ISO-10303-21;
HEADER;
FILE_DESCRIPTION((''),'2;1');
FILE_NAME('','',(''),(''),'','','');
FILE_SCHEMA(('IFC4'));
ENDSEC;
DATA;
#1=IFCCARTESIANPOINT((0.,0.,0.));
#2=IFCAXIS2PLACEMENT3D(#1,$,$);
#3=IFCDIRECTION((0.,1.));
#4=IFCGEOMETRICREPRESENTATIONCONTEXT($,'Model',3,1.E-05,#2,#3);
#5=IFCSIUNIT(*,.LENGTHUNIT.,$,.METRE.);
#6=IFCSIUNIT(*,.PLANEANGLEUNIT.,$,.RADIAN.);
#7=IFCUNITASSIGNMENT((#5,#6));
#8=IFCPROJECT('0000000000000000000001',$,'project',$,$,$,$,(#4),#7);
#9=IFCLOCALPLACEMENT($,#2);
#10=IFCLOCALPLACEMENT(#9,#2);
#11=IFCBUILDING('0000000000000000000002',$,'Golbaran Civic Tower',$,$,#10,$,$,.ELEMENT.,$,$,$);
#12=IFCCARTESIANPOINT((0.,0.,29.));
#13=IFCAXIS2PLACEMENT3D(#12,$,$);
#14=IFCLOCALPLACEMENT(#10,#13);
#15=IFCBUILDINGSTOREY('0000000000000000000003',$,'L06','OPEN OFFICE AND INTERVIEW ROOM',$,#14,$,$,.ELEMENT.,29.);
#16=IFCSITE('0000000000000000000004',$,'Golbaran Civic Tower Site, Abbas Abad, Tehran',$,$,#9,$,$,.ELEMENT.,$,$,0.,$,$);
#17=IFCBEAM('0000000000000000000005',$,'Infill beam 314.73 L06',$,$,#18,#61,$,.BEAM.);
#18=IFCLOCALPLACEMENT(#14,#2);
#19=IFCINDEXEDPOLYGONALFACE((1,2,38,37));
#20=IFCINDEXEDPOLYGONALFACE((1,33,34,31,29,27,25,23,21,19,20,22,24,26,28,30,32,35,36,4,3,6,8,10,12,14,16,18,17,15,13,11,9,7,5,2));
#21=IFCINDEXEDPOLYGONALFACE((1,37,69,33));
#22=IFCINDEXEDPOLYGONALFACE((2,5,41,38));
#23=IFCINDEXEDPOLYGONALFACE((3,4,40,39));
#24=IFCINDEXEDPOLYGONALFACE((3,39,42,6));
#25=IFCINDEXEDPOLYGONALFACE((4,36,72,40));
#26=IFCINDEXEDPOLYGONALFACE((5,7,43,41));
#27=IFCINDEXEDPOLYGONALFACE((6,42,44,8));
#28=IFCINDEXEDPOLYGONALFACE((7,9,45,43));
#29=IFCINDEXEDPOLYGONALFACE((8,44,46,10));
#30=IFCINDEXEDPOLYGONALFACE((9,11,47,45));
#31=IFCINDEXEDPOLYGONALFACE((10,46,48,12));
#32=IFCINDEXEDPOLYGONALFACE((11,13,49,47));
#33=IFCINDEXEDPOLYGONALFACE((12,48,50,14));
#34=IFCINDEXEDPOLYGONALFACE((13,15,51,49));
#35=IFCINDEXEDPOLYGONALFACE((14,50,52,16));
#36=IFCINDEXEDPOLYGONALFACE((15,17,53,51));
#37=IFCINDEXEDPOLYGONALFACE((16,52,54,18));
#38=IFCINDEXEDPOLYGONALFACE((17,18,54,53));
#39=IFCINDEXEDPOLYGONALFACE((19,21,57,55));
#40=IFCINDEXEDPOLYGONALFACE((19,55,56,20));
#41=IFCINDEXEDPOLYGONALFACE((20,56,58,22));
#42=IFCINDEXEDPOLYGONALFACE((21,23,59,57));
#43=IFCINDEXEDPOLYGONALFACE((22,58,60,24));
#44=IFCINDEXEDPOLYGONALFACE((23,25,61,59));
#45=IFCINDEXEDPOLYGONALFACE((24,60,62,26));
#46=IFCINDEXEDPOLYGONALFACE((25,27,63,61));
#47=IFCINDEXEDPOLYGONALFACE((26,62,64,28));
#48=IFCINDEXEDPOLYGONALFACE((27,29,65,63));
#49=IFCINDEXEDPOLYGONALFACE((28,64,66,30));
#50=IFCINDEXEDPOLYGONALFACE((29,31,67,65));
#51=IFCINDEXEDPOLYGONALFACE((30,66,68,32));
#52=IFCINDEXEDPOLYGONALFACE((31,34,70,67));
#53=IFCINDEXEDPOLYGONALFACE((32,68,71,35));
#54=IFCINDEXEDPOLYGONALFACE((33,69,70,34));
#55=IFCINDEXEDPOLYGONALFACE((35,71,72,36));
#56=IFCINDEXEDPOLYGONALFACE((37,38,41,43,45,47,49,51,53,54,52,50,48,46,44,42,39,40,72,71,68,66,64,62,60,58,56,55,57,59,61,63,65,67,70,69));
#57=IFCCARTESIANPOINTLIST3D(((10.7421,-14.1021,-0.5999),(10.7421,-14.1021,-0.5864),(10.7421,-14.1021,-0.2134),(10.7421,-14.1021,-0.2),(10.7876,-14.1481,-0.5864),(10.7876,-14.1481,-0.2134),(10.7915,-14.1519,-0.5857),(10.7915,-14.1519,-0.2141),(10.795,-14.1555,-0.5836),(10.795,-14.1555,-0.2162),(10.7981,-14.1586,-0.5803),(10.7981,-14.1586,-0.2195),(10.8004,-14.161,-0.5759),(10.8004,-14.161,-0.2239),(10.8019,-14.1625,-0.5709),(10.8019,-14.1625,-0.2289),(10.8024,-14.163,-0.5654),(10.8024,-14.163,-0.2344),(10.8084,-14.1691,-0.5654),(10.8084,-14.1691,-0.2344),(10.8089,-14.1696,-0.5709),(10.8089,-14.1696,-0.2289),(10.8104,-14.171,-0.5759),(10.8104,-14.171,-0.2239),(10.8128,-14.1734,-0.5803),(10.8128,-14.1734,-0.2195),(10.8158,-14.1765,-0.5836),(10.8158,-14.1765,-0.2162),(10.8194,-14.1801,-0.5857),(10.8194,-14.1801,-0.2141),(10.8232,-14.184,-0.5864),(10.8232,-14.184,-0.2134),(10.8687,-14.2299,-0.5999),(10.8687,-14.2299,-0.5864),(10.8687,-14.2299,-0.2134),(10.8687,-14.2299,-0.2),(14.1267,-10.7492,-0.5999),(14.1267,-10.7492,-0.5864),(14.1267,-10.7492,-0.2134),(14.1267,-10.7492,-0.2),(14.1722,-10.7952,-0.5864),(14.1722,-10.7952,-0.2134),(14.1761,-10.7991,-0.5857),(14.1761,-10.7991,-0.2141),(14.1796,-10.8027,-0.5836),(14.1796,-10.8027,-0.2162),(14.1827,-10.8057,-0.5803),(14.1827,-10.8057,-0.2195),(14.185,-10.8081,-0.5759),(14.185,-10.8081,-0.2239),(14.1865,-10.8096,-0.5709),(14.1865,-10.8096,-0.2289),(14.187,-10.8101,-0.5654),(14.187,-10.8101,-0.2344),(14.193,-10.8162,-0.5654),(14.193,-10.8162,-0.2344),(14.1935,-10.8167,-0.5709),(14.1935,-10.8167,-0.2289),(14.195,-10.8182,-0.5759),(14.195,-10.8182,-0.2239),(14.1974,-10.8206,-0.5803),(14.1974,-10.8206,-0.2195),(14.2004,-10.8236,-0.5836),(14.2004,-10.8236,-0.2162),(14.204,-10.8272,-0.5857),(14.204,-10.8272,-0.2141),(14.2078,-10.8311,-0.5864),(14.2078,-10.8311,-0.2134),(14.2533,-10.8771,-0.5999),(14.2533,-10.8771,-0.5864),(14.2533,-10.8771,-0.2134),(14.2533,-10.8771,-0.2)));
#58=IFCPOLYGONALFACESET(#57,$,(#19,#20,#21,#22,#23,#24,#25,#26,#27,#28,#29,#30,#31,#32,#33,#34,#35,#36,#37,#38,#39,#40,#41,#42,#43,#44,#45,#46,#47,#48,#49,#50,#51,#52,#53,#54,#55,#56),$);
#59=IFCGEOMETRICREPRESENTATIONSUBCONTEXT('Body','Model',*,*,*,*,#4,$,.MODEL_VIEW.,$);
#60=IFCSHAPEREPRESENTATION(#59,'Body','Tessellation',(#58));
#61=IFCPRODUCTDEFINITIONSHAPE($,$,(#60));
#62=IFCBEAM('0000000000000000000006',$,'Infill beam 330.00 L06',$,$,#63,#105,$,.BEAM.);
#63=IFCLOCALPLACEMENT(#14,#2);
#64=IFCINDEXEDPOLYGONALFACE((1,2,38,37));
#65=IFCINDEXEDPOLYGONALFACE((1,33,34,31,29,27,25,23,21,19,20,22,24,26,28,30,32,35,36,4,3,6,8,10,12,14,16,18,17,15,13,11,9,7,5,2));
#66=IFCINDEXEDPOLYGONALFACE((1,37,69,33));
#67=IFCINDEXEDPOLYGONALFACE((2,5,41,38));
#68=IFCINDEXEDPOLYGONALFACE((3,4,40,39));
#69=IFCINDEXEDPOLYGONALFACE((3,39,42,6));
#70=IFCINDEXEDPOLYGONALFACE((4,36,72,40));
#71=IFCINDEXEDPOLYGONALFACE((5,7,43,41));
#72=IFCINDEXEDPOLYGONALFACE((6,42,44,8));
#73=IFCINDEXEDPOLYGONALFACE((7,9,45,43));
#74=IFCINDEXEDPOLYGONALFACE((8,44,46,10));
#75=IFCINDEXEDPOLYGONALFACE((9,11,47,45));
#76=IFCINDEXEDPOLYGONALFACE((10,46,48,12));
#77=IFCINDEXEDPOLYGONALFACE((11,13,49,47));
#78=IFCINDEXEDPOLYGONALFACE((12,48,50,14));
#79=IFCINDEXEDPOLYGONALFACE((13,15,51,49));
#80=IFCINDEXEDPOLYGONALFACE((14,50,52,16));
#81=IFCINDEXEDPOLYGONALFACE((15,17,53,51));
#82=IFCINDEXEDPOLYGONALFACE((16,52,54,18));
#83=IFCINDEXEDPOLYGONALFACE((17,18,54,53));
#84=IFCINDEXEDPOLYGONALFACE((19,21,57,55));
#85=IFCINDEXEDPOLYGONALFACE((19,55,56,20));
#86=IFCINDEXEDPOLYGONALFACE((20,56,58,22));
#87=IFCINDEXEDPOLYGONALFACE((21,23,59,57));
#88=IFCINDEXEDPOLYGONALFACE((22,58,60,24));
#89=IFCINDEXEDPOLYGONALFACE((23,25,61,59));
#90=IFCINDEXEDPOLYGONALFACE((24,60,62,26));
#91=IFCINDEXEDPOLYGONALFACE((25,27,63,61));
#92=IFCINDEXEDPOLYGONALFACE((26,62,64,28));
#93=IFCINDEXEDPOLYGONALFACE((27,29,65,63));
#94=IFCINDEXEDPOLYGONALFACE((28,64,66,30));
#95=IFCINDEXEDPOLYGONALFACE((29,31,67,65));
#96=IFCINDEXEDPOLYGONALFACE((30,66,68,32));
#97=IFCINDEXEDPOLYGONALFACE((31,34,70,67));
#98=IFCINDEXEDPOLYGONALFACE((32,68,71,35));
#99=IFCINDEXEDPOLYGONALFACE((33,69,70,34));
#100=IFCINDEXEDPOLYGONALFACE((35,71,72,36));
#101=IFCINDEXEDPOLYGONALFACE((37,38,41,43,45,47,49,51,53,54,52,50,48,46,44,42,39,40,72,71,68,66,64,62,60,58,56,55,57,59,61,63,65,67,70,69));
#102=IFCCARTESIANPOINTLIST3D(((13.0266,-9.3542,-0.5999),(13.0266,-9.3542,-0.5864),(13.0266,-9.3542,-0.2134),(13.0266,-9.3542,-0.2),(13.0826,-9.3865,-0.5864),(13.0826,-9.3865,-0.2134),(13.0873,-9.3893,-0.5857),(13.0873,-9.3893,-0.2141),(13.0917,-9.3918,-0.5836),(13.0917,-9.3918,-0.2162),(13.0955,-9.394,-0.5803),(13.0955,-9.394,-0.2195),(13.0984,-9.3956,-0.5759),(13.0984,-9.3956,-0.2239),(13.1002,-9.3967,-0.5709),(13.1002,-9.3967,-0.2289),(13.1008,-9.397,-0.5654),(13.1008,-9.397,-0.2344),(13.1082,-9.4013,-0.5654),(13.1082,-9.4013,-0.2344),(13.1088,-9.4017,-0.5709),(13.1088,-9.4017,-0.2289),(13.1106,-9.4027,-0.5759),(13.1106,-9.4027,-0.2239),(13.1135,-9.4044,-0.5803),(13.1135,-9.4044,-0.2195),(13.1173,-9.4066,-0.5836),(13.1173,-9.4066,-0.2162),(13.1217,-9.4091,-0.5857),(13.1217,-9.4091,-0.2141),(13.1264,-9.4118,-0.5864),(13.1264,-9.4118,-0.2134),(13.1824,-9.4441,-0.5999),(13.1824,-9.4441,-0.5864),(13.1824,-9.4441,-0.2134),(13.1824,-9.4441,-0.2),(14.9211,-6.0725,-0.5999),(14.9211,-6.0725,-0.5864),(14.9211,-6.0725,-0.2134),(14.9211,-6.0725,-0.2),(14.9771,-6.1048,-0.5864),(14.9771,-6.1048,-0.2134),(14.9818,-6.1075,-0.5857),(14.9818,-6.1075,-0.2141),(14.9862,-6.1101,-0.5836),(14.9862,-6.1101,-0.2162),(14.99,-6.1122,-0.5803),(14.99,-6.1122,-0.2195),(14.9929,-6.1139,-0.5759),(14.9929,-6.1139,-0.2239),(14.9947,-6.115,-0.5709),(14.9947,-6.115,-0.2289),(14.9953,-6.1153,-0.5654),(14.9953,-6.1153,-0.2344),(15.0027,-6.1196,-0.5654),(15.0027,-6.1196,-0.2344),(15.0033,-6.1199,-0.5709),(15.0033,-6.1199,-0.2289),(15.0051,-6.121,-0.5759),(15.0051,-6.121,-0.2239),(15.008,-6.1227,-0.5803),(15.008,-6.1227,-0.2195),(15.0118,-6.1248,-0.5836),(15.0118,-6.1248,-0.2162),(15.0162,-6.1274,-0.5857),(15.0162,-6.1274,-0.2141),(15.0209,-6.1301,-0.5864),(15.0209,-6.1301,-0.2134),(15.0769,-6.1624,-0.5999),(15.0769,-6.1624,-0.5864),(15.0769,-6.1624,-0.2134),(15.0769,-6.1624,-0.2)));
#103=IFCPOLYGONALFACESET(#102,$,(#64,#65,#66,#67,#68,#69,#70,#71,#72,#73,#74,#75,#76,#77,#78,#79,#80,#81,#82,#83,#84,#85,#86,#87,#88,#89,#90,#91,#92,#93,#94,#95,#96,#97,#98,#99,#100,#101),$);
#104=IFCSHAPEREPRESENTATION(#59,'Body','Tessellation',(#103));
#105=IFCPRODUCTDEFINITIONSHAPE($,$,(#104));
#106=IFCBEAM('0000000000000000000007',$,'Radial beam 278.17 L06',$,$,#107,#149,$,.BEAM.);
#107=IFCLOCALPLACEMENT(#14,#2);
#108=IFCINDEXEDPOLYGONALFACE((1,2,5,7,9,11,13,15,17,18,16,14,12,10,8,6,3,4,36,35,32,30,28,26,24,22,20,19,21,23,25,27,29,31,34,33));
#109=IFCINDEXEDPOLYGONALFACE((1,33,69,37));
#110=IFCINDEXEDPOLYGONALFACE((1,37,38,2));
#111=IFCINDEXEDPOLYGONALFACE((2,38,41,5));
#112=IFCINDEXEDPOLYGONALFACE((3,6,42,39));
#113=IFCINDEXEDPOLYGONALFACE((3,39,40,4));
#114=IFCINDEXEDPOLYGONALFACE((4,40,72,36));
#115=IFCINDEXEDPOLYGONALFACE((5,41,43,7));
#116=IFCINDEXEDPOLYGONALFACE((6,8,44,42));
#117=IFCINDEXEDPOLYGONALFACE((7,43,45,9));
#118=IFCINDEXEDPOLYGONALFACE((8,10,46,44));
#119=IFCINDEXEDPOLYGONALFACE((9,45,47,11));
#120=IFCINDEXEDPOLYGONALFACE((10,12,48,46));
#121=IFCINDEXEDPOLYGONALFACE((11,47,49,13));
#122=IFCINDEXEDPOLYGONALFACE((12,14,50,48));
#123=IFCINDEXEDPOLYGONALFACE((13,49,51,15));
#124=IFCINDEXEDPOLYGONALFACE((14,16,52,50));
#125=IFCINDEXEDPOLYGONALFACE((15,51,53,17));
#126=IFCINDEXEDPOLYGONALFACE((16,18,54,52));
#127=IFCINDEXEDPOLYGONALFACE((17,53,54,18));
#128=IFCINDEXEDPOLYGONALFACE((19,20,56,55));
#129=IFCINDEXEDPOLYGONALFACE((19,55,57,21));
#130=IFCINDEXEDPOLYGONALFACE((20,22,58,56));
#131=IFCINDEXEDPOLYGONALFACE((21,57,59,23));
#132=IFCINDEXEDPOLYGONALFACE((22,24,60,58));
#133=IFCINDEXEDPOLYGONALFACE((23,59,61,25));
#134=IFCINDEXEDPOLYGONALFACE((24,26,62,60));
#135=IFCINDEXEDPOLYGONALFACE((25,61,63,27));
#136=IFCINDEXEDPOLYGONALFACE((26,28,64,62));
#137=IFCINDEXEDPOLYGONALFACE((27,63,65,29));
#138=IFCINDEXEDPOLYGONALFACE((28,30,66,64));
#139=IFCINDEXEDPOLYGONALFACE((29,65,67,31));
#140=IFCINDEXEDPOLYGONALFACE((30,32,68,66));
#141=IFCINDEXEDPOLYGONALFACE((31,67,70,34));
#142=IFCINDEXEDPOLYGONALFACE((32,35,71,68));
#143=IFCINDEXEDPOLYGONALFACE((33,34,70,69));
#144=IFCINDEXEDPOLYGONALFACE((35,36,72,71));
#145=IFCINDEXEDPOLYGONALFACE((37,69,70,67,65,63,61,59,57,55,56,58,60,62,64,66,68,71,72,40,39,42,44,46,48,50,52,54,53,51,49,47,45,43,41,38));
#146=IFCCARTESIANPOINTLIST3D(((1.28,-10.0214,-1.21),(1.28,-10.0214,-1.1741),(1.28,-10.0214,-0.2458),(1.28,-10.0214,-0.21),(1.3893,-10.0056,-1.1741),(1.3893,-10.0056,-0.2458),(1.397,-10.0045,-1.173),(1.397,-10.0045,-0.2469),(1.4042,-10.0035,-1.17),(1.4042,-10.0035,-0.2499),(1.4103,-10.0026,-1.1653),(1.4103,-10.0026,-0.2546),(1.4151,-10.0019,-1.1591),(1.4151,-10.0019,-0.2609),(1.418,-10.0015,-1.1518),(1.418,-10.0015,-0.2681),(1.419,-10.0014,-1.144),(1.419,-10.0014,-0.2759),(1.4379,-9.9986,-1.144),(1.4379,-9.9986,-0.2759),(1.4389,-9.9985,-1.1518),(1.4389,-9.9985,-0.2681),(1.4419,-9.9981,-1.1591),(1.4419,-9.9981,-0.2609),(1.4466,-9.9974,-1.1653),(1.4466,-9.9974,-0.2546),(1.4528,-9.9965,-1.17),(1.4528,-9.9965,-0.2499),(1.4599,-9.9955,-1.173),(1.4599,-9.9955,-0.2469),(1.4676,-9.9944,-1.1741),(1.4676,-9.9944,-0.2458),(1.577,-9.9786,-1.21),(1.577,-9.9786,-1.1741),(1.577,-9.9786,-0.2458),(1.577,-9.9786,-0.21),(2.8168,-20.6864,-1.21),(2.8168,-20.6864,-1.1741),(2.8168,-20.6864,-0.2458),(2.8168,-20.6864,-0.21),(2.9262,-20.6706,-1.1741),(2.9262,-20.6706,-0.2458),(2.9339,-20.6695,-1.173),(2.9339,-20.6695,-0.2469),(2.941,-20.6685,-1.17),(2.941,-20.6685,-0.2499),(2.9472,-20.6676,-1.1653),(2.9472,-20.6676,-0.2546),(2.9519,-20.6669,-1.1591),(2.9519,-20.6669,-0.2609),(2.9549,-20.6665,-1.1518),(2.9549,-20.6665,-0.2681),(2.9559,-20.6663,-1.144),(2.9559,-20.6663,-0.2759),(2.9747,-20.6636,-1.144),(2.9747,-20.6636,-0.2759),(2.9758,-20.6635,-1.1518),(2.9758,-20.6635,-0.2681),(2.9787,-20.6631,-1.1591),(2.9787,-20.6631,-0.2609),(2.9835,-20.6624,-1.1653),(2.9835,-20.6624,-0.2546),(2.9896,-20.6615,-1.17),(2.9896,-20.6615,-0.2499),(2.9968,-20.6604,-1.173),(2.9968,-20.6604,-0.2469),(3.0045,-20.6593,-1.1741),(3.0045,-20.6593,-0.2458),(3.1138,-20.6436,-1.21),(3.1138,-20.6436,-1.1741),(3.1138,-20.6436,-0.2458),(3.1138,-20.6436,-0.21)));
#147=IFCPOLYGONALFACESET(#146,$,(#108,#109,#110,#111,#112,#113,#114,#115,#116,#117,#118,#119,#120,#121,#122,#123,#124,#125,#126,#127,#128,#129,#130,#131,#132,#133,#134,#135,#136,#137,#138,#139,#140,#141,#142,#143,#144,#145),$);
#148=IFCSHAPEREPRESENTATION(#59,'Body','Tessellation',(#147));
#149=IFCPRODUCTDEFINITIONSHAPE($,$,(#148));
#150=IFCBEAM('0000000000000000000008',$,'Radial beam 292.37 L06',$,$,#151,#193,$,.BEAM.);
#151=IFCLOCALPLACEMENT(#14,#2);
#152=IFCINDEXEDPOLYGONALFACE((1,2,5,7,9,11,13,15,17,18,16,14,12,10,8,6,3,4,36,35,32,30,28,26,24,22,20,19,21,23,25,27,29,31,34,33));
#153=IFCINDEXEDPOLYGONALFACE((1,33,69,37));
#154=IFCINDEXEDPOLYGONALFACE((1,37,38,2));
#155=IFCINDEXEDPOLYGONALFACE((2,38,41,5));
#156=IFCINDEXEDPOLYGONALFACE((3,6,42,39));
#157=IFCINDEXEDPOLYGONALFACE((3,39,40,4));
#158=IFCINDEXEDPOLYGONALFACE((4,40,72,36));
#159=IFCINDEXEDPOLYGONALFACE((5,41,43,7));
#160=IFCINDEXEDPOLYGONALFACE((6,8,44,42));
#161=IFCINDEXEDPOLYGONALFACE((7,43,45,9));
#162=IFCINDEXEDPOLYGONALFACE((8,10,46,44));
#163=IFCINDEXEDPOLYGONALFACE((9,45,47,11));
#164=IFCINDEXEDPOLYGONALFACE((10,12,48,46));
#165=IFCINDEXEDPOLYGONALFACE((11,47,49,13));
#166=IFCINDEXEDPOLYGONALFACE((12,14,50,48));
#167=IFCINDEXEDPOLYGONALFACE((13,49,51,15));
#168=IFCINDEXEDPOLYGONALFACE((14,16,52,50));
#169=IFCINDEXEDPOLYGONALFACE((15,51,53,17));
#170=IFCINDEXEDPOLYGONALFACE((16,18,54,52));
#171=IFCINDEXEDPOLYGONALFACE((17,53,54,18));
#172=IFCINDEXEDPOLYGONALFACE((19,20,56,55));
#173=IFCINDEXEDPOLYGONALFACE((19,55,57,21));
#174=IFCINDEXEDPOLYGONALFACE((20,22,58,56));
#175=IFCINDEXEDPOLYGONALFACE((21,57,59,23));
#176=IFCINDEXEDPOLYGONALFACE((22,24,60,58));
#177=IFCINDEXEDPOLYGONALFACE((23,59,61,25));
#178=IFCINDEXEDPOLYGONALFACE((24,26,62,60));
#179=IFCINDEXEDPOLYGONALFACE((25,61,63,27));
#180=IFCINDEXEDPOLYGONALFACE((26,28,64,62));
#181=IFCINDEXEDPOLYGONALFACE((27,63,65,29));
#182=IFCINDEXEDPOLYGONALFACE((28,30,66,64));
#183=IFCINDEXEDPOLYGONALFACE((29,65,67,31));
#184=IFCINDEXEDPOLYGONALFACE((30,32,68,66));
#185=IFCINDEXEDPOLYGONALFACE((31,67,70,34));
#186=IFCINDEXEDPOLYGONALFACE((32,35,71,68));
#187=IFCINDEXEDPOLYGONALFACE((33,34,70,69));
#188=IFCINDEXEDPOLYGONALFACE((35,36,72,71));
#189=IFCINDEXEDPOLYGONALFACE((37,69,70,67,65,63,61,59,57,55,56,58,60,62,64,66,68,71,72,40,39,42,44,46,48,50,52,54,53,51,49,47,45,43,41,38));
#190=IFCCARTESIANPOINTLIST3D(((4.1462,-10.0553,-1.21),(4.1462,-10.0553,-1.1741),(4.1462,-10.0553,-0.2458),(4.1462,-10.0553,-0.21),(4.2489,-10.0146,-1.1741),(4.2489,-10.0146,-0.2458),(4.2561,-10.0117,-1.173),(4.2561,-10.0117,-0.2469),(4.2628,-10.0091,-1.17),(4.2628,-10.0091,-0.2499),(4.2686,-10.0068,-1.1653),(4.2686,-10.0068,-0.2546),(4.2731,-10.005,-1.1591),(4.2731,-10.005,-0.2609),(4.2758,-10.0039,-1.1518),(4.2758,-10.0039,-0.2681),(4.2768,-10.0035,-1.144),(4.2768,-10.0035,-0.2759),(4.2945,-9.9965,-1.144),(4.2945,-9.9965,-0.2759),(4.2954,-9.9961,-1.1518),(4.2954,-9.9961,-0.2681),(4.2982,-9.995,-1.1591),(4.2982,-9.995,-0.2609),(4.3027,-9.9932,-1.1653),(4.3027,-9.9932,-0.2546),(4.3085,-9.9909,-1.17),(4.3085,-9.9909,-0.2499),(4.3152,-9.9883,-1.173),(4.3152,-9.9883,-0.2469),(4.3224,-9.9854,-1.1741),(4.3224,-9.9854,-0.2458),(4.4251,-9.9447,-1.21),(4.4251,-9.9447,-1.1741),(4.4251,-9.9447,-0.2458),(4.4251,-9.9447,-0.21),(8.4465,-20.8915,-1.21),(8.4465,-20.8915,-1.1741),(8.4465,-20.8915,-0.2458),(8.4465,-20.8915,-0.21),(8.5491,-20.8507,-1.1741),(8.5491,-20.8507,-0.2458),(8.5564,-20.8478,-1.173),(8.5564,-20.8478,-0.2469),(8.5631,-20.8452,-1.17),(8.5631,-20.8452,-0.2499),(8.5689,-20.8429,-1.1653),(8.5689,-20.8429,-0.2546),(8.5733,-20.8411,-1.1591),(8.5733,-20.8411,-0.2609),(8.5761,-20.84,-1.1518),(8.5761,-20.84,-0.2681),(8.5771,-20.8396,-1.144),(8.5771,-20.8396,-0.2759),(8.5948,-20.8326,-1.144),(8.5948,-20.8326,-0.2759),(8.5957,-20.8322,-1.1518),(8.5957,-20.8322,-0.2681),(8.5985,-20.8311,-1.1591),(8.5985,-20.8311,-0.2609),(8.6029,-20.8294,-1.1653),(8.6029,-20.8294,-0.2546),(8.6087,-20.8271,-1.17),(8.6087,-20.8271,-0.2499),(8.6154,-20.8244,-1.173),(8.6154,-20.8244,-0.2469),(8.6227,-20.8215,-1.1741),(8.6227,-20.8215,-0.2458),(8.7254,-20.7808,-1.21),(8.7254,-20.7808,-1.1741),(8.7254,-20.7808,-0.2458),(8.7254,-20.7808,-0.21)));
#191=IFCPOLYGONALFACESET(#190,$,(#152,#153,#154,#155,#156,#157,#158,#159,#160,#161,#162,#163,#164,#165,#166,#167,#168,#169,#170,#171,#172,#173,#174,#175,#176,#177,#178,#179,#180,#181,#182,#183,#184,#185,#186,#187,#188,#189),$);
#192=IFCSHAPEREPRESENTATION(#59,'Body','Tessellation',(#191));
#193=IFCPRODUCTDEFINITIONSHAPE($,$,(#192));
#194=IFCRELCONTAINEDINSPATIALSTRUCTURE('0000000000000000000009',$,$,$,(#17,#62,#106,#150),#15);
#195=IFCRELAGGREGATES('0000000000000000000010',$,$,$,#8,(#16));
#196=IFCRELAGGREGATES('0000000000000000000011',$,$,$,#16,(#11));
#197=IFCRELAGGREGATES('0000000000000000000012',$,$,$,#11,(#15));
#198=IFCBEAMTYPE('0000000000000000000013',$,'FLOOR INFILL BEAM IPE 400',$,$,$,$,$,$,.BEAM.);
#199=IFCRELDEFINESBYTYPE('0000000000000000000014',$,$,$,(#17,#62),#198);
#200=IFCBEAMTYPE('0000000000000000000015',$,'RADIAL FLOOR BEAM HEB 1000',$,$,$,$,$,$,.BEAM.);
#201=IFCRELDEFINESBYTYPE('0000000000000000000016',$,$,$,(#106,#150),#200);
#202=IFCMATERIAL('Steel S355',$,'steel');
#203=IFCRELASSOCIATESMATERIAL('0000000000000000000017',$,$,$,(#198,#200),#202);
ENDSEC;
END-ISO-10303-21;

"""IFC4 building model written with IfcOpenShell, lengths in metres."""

from ifc_helpers import new_model, si_unit, direction, frame, origin, origin_2d, place, context, subcontext, project, spatial, i_section, extrude, material, material_profile, profile_set, type_object, element, save


model = new_model("IFC4")

# Units and contexts
model_context = context("Model", 3, precision=1e-05, world=origin(), true_north=direction((0.0, 1.0)))
body_context = subcontext(model_context, "Body", "Model", "MODEL_VIEW")
ifc_project = project(units=[si_unit("LENGTHUNIT", "METRE"), si_unit("PLANEANGLEUNIT", "RADIAN")], contexts=[model_context])

# Site, building, storey
site_placement = place(None, origin())
site = spatial("IfcSite", under=ifc_project, at=site_placement, Name="Golbaran Civic Tower Site, Abbas Abad, Tehran", CompositionType="ELEMENT", RefElevation=0.0)
building_placement = place(site_placement, origin())
building = spatial("IfcBuilding", under=site, at=building_placement, Name="Golbaran Civic Tower", CompositionType="ELEMENT")
storey_placement = place(building_placement, frame((0.0, 0.0, 29.0)))
storey = spatial("IfcBuildingStorey", under=building, at=storey_placement, Name="L06", Description="OPEN OFFICE AND INTERVIEW ROOM", CompositionType="ELEMENT", Elevation=29.0)

# Beams
ifc_material_1 = material(Name="Steel S355", Category="steel")
ifc_material_profile_1 = material_profile(ifc_material_1, i_section(OverallWidth=0.1799, OverallDepth=0.3999, WebThickness=0.0085, FlangeThickness=0.0134, FilletRadius=0.021, at=origin_2d()), Name="IPE 400")
ifc_profile_set_1 = profile_set([ifc_material_profile_1], Name="Steel S355")
beam_type_1 = type_object("IfcBeamType", Name="FLOOR INFILL BEAM IPE 400", PredefinedType="BEAM", material=ifc_profile_set_1)
beam_1_placement = place(storey_placement, frame((10.8054, -14.166, -0.3999), z_axis=(0.71043, 0.703768, 0.0), x_axis=(-0.703768, 0.71043, 0.0)))
element("IfcBeam", 1, at=beam_1_placement, inside=storey, type_object=beam_type_1, Name="Infill beam 314.73 L06", PredefinedType="BEAM", context=body_context, shape_type="SweptSolid", body=[
    extrude(i_section(OverallWidth=0.1799, OverallDepth=0.3999, WebThickness=0.0085, FlangeThickness=0.0134, FilletRadius=0.021, at=origin_2d()), origin(), (0.0, 0.0, 1.0), 4.7642),
])
beam_2_placement = place(storey_placement, frame((13.1045, -9.3992, -0.3999), z_axis=(0.499964, 0.866046, 0.0), x_axis=(-0.866046, 0.499964, 0.0)))
element("IfcBeam", 2, at=beam_2_placement, inside=storey, type_object=beam_type_1, Name="Infill beam 330.00 L06", PredefinedType="BEAM", context=body_context, shape_type="SweptSolid", body=[
    extrude(i_section(OverallWidth=0.1799, OverallDepth=0.3999, WebThickness=0.0085, FlangeThickness=0.0134, FilletRadius=0.021, at=origin_2d()), origin(), (0.0, 0.0, 1.0), 3.7893),
])
ifc_material_profile_2 = material_profile(ifc_material_1, i_section(OverallWidth=0.3, OverallDepth=1.0, WebThickness=0.019, FlangeThickness=0.0359, FilletRadius=0.03, at=origin_2d()), Name="HEB 1000")
ifc_profile_set_2 = profile_set([ifc_material_profile_2], Name="Steel S355")
beam_type_2 = type_object("IfcBeamType", Name="RADIAL FLOOR BEAM HEB 1000", PredefinedType="BEAM", material=ifc_profile_set_2)
beam_3_placement = place(storey_placement, frame((1.4285, -10.0, -0.71), z_axis=(0.14263, -0.989776, 0.0), x_axis=(0.989776, 0.14263, 0.0)))
element("IfcBeam", 3, at=beam_3_placement, inside=storey, type_object=beam_type_2, Name="Radial beam 278.17 L06", PredefinedType="BEAM", context=body_context, shape_type="SweptSolid", body=[
    extrude(i_section(OverallWidth=0.3, OverallDepth=1.0, WebThickness=0.019, FlangeThickness=0.0359, FilletRadius=0.03, at=origin_2d()), origin(), (0.0, 0.0, 1.0), 10.7751),
])
beam_4_placement = place(storey_placement, frame((4.2856, -10.0, -0.71), z_axis=(0.368862, -0.929484, 0.0), x_axis=(0.929484, 0.368862, 0.0)))
element("IfcBeam", 4, at=beam_4_placement, inside=storey, type_object=beam_type_2, Name="Radial beam 292.37 L06", PredefinedType="BEAM", context=body_context, shape_type="SweptSolid", body=[
    extrude(i_section(OverallWidth=0.3, OverallDepth=1.0, WebThickness=0.019, FlangeThickness=0.0359, FilletRadius=0.03, at=origin_2d()), origin(), (0.0, 0.0, 1.0), 11.6582),
])

save(model, "model.ifc")
